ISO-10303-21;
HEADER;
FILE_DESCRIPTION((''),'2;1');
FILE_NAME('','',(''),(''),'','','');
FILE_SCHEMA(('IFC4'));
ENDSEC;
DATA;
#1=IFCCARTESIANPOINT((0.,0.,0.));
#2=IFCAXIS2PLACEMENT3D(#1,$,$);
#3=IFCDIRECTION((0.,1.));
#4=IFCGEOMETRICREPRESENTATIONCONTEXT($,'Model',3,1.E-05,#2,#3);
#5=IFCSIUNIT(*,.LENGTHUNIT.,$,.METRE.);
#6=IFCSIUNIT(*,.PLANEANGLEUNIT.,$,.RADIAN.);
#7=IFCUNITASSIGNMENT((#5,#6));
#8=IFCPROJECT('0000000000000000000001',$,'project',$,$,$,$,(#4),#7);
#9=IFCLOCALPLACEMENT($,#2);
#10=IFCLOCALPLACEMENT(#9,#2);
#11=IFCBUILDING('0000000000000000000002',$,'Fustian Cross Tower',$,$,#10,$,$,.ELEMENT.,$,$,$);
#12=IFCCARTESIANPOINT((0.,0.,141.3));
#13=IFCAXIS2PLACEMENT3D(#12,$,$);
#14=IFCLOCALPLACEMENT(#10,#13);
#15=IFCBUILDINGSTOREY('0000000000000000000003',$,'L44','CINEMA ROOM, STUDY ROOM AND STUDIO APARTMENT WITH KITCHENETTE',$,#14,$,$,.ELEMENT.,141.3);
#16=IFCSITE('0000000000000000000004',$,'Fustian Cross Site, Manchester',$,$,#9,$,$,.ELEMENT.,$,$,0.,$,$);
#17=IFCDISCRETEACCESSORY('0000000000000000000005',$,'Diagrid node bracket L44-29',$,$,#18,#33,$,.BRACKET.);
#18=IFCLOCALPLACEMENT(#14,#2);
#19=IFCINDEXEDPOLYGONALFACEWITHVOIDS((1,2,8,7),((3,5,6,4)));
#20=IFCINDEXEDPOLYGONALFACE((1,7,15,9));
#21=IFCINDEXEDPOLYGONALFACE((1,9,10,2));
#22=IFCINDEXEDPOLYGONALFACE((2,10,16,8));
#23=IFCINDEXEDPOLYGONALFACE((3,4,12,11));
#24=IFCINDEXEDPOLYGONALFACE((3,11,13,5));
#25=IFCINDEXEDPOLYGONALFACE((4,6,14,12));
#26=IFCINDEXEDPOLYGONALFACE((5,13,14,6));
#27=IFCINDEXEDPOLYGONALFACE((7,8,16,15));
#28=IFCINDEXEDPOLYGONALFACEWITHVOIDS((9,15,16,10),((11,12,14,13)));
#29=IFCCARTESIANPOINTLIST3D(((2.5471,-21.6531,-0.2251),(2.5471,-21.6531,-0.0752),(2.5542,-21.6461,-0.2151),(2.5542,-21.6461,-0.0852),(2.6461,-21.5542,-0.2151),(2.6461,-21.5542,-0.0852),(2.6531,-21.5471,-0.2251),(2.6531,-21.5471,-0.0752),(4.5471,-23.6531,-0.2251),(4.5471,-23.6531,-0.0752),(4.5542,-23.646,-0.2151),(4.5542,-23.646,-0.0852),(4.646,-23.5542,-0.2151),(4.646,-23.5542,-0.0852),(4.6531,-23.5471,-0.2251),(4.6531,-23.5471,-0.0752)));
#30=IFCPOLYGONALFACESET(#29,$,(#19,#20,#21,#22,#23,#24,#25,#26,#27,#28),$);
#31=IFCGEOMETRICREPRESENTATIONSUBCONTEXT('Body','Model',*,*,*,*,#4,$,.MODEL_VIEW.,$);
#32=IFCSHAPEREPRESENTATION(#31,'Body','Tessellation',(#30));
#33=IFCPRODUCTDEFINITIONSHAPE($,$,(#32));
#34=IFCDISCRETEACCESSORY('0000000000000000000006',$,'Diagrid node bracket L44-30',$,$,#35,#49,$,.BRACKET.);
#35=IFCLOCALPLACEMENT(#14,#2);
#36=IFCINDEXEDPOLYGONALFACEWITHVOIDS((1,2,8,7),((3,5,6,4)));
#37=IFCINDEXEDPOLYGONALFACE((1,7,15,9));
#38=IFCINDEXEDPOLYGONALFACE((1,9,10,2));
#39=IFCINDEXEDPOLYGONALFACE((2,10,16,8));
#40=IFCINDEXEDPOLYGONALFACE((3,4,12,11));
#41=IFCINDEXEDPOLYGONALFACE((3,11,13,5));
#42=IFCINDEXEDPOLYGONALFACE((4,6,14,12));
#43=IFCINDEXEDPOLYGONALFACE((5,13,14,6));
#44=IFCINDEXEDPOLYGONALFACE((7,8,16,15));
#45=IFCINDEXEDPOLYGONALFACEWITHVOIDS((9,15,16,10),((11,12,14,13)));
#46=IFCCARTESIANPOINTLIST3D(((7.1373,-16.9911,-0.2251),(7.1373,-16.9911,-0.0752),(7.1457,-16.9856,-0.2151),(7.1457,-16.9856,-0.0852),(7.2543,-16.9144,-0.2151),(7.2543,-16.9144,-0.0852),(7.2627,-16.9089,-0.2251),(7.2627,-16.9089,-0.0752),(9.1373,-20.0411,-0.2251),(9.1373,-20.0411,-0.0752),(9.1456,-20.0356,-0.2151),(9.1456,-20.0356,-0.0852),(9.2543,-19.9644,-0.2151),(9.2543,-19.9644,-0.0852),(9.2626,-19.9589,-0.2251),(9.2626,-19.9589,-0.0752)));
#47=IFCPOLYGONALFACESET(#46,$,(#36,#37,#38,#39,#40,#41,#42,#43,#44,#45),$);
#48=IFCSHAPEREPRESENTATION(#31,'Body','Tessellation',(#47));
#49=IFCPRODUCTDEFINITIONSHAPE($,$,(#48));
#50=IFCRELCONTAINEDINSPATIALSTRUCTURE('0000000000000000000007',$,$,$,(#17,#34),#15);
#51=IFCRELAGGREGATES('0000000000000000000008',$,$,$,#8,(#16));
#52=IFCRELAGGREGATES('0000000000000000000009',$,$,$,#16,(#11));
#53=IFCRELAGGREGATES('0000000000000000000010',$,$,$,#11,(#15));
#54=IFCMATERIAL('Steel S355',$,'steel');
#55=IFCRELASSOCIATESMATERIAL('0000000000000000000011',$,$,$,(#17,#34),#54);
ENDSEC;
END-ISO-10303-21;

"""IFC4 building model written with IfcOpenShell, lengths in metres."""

from ifc_helpers import new_model, si_unit, direction, frame, origin, origin_2d, place, context, subcontext, project, spatial, hollow_rectangle, extrude, material, element, save


model = new_model("IFC4")

# Units and contexts
model_context = context("Model", 3, precision=1e-05, world=origin(), true_north=direction((0.0, 1.0)))
body_context = subcontext(model_context, "Body", "Model", "MODEL_VIEW")
ifc_project = project(units=[si_unit("LENGTHUNIT", "METRE"), si_unit("PLANEANGLEUNIT", "RADIAN")], contexts=[model_context])

# Site, building, storey
site_placement = place(None, origin())
site = spatial("IfcSite", under=ifc_project, at=site_placement, Name="Fustian Cross Site, Manchester", CompositionType="ELEMENT", RefElevation=0.0)
building_placement = place(site_placement, origin())
building = spatial("IfcBuilding", under=site, at=building_placement, Name="Fustian Cross Tower", CompositionType="ELEMENT")
storey_placement = place(building_placement, frame((0.0, 0.0, 141.3)))
storey = spatial("IfcBuildingStorey", under=building, at=storey_placement, Name="L44", Description="CINEMA ROOM, STUDY ROOM AND STUDIO APARTMENT WITH KITCHENETTE", CompositionType="ELEMENT", Elevation=141.3)

# Discrete accessories
ifc_material_1 = material(Name="Steel S355", Category="steel")
discrete_accessory_1_placement = place(storey_placement, frame((4.6001, -23.6001, -0.1501), z_axis=(-0.707107, 0.707107, 0.0), x_axis=(-0.707107, -0.707107, 0.0)))
element("IfcDiscreteAccessory", 1, at=discrete_accessory_1_placement, inside=storey, material=ifc_material_1, Name="Diagrid node bracket L44-29", PredefinedType="BRACKET", context=body_context, shape_type="SweptSolid", body=[
    extrude(hollow_rectangle(XDim=0.1499, YDim=0.1499, WallThickness=0.01, at=origin_2d()), origin(), (0.0, 0.0, 1.0), 2.8284),
])
discrete_accessory_2_placement = place(storey_placement, frame((9.2, -20.0, -0.1501), z_axis=(-0.548351, 0.836248, 0.0), x_axis=(-0.836248, -0.548351, 0.0)))
element("IfcDiscreteAccessory", 2, at=discrete_accessory_2_placement, inside=storey, material=ifc_material_1, Name="Diagrid node bracket L44-30", PredefinedType="BRACKET", context=body_context, shape_type="SweptSolid", body=[
    extrude(hollow_rectangle(XDim=0.1499, YDim=0.1499, WallThickness=0.01, at=origin_2d()), origin(), (0.0, 0.0, 1.0), 3.6472),
])

save(model, "model.ifc")
